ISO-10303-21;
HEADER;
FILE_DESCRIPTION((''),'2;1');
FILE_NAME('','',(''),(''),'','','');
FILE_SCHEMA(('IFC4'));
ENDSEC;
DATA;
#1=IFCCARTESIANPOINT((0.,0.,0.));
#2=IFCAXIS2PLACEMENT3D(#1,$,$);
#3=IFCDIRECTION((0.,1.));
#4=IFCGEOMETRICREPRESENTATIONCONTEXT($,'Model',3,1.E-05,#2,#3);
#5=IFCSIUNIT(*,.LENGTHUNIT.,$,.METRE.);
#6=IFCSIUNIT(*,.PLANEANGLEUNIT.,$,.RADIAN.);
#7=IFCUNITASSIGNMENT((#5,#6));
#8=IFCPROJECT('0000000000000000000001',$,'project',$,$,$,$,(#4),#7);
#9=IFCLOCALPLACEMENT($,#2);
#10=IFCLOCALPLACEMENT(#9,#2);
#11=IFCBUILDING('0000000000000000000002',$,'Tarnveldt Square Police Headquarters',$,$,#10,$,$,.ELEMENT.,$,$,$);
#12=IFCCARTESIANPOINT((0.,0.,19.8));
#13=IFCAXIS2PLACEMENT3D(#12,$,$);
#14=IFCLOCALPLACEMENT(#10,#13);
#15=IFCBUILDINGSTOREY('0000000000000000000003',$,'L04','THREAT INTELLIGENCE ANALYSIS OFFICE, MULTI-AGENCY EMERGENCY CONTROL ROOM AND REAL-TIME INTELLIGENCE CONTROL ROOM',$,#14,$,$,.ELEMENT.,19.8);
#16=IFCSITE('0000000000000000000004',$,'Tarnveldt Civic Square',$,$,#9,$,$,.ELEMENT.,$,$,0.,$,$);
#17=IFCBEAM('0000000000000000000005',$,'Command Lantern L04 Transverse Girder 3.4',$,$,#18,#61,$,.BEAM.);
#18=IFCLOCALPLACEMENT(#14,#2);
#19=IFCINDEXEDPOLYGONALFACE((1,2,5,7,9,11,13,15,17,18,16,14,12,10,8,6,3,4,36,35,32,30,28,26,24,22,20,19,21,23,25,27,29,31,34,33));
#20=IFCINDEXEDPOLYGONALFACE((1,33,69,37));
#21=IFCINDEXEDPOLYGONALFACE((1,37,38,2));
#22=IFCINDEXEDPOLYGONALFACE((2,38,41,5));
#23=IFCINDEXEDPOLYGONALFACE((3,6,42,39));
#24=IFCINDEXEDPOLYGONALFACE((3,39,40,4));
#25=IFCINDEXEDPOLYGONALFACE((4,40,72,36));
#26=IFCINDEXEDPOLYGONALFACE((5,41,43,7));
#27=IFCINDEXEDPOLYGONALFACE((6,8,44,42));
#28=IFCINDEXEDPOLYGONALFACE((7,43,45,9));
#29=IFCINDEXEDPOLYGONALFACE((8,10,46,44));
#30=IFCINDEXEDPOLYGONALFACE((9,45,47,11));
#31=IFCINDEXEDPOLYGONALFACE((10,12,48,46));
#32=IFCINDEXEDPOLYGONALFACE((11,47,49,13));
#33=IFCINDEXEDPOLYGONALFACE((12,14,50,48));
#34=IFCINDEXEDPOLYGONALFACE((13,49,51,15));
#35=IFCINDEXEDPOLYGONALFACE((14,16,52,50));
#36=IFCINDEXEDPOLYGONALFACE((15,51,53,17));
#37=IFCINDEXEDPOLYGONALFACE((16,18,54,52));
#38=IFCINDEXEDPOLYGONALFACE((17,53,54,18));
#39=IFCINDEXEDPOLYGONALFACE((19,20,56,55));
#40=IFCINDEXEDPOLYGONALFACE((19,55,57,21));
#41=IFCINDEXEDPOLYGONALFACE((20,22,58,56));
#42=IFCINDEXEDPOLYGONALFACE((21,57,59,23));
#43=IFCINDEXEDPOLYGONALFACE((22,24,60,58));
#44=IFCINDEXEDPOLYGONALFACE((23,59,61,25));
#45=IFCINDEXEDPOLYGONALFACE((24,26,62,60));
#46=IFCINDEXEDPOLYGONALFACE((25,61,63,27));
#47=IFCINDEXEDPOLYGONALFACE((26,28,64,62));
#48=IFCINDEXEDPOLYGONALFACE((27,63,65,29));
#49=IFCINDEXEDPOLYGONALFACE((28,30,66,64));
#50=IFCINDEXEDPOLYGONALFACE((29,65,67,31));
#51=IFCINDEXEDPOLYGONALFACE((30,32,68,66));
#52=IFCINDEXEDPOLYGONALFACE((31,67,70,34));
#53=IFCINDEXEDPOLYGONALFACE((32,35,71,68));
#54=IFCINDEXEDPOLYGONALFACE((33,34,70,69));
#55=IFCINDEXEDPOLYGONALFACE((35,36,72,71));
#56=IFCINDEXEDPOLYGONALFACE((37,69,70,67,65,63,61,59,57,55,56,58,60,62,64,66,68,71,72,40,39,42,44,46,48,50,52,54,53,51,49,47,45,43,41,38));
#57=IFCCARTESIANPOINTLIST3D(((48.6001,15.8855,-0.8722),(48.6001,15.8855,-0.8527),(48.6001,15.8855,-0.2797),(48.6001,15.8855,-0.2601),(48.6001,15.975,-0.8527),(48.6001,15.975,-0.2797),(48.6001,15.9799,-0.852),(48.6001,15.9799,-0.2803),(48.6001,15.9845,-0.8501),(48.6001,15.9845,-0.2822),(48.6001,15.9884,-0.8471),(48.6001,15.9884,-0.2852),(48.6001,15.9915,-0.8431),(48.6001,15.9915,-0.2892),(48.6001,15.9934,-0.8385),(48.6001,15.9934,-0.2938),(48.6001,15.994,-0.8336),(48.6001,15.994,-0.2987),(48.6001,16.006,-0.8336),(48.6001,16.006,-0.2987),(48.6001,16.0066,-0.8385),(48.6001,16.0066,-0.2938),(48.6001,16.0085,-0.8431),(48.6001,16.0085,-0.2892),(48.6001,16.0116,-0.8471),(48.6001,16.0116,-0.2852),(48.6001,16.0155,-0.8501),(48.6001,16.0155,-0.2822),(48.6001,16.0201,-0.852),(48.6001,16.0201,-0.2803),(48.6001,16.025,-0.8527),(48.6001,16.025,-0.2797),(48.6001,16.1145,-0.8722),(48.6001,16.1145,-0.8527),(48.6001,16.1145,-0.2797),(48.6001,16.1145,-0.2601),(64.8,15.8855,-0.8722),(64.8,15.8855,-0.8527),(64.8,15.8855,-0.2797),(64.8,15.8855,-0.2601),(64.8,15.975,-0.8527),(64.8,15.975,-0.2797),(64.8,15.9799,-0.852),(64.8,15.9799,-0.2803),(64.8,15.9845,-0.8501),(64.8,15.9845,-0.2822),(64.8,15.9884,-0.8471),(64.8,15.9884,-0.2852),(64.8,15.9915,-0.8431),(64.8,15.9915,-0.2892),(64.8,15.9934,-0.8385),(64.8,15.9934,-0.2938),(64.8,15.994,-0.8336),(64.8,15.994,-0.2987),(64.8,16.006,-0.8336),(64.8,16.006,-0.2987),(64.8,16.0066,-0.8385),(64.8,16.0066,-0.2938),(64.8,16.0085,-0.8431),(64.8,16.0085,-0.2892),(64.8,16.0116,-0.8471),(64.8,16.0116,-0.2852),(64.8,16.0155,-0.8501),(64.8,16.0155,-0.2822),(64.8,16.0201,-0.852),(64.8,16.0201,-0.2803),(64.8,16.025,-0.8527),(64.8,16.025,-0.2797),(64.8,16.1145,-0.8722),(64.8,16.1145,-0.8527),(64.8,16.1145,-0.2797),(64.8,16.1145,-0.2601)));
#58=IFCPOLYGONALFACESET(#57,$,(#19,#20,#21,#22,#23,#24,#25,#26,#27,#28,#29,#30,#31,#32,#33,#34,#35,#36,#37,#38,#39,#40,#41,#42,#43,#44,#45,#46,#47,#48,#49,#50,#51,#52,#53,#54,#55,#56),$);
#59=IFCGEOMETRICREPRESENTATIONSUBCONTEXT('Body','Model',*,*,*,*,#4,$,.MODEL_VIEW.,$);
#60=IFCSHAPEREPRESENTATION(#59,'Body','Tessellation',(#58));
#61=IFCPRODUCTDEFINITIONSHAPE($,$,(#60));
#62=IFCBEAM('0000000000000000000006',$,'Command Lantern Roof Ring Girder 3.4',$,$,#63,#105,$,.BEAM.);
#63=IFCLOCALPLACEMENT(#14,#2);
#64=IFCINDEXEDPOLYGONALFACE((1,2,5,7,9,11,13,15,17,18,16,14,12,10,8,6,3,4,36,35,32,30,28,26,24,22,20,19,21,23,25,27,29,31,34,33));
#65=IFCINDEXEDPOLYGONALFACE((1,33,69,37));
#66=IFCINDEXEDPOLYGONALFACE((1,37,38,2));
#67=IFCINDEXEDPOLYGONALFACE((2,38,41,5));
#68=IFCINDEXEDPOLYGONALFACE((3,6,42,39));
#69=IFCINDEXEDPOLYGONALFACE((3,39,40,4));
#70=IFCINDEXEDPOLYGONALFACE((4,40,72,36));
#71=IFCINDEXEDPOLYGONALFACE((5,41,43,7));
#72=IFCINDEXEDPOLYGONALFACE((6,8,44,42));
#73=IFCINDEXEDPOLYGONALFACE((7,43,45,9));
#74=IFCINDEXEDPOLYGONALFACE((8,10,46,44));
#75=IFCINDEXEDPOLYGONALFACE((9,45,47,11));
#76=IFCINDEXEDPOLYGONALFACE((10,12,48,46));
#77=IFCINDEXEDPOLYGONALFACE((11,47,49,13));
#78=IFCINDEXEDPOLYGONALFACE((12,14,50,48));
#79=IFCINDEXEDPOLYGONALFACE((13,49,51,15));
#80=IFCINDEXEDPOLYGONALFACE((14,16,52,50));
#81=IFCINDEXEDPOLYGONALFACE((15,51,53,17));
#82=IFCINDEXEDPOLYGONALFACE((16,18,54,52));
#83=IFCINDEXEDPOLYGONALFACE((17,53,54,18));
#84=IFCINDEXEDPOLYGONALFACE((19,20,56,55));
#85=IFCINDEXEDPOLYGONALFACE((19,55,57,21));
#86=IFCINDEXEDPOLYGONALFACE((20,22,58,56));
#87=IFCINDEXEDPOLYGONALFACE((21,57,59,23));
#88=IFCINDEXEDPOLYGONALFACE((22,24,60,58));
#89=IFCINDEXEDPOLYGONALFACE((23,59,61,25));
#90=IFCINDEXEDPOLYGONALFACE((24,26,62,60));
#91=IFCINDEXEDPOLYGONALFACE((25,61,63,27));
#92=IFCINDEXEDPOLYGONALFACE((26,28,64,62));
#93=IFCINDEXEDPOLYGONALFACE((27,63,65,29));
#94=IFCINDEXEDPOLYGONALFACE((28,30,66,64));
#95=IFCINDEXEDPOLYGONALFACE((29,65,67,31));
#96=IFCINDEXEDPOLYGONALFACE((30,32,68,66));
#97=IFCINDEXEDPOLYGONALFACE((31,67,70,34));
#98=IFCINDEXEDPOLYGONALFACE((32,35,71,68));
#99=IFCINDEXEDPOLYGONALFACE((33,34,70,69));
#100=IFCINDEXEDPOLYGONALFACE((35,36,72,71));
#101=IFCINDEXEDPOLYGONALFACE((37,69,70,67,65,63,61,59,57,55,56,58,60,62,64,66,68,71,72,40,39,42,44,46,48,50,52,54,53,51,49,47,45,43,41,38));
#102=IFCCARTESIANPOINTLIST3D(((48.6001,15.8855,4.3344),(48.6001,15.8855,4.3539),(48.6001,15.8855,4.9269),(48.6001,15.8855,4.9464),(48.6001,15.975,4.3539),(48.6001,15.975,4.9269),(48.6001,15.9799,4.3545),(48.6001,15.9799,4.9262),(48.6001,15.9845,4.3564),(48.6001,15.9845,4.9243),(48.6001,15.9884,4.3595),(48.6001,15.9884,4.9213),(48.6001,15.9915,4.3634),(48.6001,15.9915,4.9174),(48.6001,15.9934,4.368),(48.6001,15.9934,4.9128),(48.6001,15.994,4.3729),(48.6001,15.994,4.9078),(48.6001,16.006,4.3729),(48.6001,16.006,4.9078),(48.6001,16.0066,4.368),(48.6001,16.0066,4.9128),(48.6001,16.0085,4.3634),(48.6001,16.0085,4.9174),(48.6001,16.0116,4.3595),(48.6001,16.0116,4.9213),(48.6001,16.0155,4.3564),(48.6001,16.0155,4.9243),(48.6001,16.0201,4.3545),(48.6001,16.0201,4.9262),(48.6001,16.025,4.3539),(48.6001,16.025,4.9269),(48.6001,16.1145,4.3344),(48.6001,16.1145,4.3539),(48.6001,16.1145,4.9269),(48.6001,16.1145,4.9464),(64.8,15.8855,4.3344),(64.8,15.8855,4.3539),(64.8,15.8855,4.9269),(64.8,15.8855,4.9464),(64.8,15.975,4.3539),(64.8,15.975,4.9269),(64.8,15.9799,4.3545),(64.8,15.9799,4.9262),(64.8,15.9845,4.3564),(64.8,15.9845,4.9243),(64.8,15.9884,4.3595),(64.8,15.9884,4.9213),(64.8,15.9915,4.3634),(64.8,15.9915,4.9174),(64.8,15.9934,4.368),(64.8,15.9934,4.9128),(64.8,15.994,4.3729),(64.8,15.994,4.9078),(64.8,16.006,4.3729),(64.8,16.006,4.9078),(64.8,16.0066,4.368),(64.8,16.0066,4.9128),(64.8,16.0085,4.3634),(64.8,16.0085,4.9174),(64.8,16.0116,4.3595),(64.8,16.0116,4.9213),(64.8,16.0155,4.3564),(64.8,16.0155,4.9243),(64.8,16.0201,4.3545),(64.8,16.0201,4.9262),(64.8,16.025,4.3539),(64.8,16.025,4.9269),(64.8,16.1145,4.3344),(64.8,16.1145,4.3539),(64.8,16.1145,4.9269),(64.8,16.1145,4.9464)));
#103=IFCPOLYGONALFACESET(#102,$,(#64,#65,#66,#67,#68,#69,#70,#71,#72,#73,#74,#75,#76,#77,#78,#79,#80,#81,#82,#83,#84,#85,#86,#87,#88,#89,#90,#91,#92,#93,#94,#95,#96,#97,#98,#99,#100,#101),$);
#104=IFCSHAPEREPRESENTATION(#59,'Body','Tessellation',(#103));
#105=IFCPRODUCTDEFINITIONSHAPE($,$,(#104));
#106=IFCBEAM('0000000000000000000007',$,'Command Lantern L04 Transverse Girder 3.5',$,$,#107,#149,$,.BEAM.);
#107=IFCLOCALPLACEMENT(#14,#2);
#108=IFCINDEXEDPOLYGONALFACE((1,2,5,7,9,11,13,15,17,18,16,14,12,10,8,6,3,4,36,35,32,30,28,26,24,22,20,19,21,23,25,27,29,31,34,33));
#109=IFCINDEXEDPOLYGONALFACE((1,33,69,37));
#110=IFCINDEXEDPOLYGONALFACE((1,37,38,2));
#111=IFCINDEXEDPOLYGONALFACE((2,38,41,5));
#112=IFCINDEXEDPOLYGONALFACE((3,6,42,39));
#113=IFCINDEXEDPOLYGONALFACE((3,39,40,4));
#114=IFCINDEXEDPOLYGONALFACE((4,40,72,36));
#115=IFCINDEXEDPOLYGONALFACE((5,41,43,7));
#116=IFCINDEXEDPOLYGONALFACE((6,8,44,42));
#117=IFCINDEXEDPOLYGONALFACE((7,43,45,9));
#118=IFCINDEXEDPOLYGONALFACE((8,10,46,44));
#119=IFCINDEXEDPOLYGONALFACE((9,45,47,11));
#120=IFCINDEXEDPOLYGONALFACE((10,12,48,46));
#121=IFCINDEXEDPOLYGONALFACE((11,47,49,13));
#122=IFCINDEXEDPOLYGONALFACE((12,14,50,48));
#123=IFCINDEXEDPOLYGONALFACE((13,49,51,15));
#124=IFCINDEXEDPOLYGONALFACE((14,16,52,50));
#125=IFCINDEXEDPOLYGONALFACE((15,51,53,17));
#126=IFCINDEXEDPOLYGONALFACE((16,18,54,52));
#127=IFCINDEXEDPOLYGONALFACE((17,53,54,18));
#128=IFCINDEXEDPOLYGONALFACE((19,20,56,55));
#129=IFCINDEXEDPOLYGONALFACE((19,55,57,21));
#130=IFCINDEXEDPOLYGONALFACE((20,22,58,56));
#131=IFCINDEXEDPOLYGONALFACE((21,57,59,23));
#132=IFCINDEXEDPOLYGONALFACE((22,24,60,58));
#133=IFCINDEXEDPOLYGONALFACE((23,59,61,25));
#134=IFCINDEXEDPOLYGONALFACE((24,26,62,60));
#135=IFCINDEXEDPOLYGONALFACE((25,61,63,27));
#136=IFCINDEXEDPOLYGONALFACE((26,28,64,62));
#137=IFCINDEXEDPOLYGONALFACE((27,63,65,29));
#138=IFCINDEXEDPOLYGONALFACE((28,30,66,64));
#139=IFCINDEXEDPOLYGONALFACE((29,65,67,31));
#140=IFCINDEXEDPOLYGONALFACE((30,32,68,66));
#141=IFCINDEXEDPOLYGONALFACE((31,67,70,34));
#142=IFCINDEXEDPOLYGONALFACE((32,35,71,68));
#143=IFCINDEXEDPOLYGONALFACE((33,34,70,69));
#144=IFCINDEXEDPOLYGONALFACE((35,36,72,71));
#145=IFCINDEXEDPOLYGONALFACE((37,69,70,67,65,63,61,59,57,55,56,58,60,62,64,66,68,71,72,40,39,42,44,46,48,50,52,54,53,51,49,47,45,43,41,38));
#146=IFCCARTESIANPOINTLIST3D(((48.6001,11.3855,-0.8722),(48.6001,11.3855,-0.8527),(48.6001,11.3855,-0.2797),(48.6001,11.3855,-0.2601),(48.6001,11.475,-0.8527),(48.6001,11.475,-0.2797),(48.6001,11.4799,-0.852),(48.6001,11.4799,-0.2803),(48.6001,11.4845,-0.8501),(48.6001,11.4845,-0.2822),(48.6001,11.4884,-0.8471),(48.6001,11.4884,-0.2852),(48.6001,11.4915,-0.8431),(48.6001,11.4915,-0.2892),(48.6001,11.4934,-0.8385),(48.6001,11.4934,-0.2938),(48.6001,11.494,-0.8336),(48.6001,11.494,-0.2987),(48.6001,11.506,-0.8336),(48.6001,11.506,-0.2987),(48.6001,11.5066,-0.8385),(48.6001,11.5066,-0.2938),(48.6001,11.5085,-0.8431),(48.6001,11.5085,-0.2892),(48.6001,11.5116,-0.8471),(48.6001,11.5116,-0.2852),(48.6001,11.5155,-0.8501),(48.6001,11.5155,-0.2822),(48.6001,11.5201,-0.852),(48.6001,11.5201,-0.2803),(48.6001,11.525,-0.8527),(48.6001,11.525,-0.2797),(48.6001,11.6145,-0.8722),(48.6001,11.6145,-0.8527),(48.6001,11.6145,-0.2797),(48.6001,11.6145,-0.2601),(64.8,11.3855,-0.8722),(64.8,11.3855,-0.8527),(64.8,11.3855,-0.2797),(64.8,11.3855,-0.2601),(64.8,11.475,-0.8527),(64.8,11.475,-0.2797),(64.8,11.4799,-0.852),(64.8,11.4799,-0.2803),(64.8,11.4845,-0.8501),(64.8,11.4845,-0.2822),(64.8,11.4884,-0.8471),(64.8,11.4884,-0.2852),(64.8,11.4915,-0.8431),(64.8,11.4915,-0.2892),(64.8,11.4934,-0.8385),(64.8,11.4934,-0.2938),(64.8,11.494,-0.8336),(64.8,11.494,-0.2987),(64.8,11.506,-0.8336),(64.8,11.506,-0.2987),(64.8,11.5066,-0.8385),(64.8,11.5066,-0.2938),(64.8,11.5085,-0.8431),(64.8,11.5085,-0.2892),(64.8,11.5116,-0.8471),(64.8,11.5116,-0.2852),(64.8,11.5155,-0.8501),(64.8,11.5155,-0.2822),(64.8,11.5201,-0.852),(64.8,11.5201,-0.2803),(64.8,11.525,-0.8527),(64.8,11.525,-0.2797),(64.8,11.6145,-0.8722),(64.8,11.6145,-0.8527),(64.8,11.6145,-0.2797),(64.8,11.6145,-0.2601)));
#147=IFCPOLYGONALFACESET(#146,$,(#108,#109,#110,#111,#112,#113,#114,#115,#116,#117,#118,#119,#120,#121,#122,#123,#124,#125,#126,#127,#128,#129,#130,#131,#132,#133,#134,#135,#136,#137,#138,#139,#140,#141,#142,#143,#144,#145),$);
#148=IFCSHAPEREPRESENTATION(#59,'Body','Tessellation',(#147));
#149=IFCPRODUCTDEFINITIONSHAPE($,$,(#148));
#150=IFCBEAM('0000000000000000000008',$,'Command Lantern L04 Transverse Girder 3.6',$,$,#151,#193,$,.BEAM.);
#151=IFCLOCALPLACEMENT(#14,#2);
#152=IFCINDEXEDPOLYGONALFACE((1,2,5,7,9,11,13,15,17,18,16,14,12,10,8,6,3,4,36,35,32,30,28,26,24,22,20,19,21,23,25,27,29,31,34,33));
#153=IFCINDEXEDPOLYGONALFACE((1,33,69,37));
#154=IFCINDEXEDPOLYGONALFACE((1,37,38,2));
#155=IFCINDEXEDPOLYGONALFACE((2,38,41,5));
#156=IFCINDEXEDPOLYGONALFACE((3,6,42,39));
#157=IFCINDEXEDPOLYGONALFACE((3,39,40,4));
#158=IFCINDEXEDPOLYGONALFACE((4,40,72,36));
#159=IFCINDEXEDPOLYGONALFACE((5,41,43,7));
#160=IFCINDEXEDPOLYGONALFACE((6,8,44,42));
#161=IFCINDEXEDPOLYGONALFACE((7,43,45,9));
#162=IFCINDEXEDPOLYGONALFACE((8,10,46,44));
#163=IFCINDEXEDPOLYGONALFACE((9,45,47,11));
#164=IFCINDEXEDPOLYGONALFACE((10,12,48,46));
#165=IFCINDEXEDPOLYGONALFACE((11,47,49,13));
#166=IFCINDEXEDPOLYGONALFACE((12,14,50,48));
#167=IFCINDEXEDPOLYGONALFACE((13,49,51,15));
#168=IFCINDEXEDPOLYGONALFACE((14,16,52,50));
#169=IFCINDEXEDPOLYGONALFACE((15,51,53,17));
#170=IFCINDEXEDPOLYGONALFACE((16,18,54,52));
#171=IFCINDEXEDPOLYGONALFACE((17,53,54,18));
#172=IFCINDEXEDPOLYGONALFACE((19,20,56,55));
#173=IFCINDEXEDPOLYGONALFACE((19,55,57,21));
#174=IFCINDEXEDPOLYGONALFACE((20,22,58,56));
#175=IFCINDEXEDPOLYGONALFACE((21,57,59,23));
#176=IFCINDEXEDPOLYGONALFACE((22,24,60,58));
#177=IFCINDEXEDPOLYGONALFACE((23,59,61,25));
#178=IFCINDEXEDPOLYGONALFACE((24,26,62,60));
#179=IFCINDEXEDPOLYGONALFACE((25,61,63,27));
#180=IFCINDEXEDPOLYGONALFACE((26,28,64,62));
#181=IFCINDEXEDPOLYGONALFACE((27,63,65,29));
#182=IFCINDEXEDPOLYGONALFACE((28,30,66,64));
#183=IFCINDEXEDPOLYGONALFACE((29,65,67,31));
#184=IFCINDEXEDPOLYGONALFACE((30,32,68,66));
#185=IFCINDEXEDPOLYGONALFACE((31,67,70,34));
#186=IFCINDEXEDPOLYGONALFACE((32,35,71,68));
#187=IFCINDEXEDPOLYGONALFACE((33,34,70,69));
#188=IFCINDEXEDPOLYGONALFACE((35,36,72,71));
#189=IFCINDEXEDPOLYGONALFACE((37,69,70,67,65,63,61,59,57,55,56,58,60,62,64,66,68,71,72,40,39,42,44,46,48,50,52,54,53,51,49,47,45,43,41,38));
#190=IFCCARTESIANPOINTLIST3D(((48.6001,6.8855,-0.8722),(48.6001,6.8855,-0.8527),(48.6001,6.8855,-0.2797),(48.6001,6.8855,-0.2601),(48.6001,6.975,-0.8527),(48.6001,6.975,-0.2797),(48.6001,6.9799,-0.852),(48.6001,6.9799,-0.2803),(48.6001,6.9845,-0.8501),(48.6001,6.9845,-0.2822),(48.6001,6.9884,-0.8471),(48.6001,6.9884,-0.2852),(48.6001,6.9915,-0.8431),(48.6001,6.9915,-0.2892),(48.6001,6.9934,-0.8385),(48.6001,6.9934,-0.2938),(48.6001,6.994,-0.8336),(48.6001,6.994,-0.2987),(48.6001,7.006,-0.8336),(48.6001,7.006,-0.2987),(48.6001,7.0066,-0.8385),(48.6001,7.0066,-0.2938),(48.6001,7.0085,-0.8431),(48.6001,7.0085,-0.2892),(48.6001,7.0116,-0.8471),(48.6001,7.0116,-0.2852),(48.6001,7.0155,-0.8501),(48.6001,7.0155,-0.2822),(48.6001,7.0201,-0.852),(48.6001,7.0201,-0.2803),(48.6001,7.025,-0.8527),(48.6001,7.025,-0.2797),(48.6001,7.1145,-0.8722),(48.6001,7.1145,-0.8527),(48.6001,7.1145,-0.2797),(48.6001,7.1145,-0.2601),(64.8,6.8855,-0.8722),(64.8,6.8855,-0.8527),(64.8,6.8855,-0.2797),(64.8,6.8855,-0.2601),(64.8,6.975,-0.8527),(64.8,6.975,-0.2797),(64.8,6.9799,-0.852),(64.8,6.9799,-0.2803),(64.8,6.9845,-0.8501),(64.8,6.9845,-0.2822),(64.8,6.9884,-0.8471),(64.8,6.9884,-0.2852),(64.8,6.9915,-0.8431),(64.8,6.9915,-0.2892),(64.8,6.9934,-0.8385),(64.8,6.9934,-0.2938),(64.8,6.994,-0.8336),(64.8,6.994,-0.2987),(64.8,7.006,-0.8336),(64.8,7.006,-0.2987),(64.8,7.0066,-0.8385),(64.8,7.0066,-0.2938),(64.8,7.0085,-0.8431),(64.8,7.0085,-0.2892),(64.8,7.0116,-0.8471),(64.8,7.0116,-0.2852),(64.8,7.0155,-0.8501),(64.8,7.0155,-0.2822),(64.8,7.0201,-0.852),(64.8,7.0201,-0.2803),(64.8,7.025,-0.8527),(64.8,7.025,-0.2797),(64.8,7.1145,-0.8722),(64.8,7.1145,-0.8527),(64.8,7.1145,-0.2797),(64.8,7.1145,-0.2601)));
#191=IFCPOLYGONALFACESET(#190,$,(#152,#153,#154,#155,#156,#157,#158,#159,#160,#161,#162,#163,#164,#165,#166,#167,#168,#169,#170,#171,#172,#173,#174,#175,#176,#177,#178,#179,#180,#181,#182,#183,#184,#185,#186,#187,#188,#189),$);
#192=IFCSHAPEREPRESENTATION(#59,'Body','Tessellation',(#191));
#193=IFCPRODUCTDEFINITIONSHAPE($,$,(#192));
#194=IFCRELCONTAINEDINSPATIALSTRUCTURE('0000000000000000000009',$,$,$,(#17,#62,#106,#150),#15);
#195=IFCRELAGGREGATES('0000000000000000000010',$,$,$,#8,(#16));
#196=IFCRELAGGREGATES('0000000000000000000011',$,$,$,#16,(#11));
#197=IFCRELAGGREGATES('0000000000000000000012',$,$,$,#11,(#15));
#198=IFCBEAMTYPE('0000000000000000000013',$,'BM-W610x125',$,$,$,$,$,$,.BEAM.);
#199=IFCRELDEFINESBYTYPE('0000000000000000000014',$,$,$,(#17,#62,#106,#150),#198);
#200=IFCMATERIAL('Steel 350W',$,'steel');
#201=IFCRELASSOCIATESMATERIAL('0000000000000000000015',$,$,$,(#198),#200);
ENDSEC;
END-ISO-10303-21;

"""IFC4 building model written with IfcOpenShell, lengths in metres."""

from ifc_helpers import new_model, si_unit, direction, frame, origin, origin_2d, place, context, subcontext, project, spatial, i_section, extrude, material, material_profile, profile_set, type_object, element, save


model = new_model("IFC4")

# Units and contexts
model_context = context("Model", 3, precision=1e-05, world=origin(), true_north=direction((0.0, 1.0)))
body_context = subcontext(model_context, "Body", "Model", "MODEL_VIEW")
ifc_project = project(units=[si_unit("LENGTHUNIT", "METRE"), si_unit("PLANEANGLEUNIT", "RADIAN")], contexts=[model_context])

# Site, building, storey
site_placement = place(None, origin())
site = spatial("IfcSite", under=ifc_project, at=site_placement, Name="Tarnveldt Civic Square", CompositionType="ELEMENT", RefElevation=0.0)
building_placement = place(site_placement, origin())
building = spatial("IfcBuilding", under=site, at=building_placement, Name="Tarnveldt Square Police Headquarters", CompositionType="ELEMENT")
storey_placement = place(building_placement, frame((0.0, 0.0, 19.8)))
storey = spatial("IfcBuildingStorey", under=building, at=storey_placement, Name="L04", Description="THREAT INTELLIGENCE ANALYSIS OFFICE, MULTI-AGENCY EMERGENCY CONTROL ROOM AND REAL-TIME INTELLIGENCE CONTROL ROOM", CompositionType="ELEMENT", Elevation=19.8)

# Shared definitions
ifc_material_1 = material(Name="Steel 350W", Category="steel")

# Beams
ifc_material_profile_1 = material_profile(ifc_material_1, i_section(OverallWidth=0.229, OverallDepth=0.6121, WebThickness=0.012, FlangeThickness=0.0195, FilletRadius=0.019, at=origin_2d()), Name="W610x125")
ifc_profile_set_1 = profile_set([ifc_material_profile_1], Name="Steel 350W")
beam_type_1 = type_object("IfcBeamType", Name="BM-W610x125", PredefinedType="BEAM", material=ifc_profile_set_1)
for number, where, z_axis, x_axis, name in (
    (1, (48.6001, 16.0, -0.5662), (1.0, 0.0, 0.0), (0.0, 1.0, 0.0), "Command Lantern L04 Transverse Girder 3.4"),
    (2, (48.6001, 16.0, 4.6404), (1.0, 0.0, 0.0), (0.0, 1.0, 0.0), "Command Lantern Roof Ring Girder 3.4"),
    (3, (48.6001, 11.5, -0.5662), (1.0, 0.0, 0.0), (0.0, 1.0, 0.0), "Command Lantern L04 Transverse Girder 3.5"),
    (4, (48.6001, 7.0, -0.5662), (1.0, 0.0, 0.0), (0.0, 1.0, 0.0), "Command Lantern L04 Transverse Girder 3.6"),
):
    element("IfcBeam", number, at=place(storey_placement, frame(where, z_axis=z_axis, x_axis=x_axis)), inside=storey, type_object=beam_type_1, Name=name, PredefinedType="BEAM", context=body_context, shape_type="SweptSolid", body=[
        extrude(i_section(OverallWidth=0.229, OverallDepth=0.6121, WebThickness=0.012, FlangeThickness=0.0195, FilletRadius=0.019, at=origin_2d()), origin(), (0.0, 0.0, 1.0), 16.2),
    ])

save(model, "model.ifc")
